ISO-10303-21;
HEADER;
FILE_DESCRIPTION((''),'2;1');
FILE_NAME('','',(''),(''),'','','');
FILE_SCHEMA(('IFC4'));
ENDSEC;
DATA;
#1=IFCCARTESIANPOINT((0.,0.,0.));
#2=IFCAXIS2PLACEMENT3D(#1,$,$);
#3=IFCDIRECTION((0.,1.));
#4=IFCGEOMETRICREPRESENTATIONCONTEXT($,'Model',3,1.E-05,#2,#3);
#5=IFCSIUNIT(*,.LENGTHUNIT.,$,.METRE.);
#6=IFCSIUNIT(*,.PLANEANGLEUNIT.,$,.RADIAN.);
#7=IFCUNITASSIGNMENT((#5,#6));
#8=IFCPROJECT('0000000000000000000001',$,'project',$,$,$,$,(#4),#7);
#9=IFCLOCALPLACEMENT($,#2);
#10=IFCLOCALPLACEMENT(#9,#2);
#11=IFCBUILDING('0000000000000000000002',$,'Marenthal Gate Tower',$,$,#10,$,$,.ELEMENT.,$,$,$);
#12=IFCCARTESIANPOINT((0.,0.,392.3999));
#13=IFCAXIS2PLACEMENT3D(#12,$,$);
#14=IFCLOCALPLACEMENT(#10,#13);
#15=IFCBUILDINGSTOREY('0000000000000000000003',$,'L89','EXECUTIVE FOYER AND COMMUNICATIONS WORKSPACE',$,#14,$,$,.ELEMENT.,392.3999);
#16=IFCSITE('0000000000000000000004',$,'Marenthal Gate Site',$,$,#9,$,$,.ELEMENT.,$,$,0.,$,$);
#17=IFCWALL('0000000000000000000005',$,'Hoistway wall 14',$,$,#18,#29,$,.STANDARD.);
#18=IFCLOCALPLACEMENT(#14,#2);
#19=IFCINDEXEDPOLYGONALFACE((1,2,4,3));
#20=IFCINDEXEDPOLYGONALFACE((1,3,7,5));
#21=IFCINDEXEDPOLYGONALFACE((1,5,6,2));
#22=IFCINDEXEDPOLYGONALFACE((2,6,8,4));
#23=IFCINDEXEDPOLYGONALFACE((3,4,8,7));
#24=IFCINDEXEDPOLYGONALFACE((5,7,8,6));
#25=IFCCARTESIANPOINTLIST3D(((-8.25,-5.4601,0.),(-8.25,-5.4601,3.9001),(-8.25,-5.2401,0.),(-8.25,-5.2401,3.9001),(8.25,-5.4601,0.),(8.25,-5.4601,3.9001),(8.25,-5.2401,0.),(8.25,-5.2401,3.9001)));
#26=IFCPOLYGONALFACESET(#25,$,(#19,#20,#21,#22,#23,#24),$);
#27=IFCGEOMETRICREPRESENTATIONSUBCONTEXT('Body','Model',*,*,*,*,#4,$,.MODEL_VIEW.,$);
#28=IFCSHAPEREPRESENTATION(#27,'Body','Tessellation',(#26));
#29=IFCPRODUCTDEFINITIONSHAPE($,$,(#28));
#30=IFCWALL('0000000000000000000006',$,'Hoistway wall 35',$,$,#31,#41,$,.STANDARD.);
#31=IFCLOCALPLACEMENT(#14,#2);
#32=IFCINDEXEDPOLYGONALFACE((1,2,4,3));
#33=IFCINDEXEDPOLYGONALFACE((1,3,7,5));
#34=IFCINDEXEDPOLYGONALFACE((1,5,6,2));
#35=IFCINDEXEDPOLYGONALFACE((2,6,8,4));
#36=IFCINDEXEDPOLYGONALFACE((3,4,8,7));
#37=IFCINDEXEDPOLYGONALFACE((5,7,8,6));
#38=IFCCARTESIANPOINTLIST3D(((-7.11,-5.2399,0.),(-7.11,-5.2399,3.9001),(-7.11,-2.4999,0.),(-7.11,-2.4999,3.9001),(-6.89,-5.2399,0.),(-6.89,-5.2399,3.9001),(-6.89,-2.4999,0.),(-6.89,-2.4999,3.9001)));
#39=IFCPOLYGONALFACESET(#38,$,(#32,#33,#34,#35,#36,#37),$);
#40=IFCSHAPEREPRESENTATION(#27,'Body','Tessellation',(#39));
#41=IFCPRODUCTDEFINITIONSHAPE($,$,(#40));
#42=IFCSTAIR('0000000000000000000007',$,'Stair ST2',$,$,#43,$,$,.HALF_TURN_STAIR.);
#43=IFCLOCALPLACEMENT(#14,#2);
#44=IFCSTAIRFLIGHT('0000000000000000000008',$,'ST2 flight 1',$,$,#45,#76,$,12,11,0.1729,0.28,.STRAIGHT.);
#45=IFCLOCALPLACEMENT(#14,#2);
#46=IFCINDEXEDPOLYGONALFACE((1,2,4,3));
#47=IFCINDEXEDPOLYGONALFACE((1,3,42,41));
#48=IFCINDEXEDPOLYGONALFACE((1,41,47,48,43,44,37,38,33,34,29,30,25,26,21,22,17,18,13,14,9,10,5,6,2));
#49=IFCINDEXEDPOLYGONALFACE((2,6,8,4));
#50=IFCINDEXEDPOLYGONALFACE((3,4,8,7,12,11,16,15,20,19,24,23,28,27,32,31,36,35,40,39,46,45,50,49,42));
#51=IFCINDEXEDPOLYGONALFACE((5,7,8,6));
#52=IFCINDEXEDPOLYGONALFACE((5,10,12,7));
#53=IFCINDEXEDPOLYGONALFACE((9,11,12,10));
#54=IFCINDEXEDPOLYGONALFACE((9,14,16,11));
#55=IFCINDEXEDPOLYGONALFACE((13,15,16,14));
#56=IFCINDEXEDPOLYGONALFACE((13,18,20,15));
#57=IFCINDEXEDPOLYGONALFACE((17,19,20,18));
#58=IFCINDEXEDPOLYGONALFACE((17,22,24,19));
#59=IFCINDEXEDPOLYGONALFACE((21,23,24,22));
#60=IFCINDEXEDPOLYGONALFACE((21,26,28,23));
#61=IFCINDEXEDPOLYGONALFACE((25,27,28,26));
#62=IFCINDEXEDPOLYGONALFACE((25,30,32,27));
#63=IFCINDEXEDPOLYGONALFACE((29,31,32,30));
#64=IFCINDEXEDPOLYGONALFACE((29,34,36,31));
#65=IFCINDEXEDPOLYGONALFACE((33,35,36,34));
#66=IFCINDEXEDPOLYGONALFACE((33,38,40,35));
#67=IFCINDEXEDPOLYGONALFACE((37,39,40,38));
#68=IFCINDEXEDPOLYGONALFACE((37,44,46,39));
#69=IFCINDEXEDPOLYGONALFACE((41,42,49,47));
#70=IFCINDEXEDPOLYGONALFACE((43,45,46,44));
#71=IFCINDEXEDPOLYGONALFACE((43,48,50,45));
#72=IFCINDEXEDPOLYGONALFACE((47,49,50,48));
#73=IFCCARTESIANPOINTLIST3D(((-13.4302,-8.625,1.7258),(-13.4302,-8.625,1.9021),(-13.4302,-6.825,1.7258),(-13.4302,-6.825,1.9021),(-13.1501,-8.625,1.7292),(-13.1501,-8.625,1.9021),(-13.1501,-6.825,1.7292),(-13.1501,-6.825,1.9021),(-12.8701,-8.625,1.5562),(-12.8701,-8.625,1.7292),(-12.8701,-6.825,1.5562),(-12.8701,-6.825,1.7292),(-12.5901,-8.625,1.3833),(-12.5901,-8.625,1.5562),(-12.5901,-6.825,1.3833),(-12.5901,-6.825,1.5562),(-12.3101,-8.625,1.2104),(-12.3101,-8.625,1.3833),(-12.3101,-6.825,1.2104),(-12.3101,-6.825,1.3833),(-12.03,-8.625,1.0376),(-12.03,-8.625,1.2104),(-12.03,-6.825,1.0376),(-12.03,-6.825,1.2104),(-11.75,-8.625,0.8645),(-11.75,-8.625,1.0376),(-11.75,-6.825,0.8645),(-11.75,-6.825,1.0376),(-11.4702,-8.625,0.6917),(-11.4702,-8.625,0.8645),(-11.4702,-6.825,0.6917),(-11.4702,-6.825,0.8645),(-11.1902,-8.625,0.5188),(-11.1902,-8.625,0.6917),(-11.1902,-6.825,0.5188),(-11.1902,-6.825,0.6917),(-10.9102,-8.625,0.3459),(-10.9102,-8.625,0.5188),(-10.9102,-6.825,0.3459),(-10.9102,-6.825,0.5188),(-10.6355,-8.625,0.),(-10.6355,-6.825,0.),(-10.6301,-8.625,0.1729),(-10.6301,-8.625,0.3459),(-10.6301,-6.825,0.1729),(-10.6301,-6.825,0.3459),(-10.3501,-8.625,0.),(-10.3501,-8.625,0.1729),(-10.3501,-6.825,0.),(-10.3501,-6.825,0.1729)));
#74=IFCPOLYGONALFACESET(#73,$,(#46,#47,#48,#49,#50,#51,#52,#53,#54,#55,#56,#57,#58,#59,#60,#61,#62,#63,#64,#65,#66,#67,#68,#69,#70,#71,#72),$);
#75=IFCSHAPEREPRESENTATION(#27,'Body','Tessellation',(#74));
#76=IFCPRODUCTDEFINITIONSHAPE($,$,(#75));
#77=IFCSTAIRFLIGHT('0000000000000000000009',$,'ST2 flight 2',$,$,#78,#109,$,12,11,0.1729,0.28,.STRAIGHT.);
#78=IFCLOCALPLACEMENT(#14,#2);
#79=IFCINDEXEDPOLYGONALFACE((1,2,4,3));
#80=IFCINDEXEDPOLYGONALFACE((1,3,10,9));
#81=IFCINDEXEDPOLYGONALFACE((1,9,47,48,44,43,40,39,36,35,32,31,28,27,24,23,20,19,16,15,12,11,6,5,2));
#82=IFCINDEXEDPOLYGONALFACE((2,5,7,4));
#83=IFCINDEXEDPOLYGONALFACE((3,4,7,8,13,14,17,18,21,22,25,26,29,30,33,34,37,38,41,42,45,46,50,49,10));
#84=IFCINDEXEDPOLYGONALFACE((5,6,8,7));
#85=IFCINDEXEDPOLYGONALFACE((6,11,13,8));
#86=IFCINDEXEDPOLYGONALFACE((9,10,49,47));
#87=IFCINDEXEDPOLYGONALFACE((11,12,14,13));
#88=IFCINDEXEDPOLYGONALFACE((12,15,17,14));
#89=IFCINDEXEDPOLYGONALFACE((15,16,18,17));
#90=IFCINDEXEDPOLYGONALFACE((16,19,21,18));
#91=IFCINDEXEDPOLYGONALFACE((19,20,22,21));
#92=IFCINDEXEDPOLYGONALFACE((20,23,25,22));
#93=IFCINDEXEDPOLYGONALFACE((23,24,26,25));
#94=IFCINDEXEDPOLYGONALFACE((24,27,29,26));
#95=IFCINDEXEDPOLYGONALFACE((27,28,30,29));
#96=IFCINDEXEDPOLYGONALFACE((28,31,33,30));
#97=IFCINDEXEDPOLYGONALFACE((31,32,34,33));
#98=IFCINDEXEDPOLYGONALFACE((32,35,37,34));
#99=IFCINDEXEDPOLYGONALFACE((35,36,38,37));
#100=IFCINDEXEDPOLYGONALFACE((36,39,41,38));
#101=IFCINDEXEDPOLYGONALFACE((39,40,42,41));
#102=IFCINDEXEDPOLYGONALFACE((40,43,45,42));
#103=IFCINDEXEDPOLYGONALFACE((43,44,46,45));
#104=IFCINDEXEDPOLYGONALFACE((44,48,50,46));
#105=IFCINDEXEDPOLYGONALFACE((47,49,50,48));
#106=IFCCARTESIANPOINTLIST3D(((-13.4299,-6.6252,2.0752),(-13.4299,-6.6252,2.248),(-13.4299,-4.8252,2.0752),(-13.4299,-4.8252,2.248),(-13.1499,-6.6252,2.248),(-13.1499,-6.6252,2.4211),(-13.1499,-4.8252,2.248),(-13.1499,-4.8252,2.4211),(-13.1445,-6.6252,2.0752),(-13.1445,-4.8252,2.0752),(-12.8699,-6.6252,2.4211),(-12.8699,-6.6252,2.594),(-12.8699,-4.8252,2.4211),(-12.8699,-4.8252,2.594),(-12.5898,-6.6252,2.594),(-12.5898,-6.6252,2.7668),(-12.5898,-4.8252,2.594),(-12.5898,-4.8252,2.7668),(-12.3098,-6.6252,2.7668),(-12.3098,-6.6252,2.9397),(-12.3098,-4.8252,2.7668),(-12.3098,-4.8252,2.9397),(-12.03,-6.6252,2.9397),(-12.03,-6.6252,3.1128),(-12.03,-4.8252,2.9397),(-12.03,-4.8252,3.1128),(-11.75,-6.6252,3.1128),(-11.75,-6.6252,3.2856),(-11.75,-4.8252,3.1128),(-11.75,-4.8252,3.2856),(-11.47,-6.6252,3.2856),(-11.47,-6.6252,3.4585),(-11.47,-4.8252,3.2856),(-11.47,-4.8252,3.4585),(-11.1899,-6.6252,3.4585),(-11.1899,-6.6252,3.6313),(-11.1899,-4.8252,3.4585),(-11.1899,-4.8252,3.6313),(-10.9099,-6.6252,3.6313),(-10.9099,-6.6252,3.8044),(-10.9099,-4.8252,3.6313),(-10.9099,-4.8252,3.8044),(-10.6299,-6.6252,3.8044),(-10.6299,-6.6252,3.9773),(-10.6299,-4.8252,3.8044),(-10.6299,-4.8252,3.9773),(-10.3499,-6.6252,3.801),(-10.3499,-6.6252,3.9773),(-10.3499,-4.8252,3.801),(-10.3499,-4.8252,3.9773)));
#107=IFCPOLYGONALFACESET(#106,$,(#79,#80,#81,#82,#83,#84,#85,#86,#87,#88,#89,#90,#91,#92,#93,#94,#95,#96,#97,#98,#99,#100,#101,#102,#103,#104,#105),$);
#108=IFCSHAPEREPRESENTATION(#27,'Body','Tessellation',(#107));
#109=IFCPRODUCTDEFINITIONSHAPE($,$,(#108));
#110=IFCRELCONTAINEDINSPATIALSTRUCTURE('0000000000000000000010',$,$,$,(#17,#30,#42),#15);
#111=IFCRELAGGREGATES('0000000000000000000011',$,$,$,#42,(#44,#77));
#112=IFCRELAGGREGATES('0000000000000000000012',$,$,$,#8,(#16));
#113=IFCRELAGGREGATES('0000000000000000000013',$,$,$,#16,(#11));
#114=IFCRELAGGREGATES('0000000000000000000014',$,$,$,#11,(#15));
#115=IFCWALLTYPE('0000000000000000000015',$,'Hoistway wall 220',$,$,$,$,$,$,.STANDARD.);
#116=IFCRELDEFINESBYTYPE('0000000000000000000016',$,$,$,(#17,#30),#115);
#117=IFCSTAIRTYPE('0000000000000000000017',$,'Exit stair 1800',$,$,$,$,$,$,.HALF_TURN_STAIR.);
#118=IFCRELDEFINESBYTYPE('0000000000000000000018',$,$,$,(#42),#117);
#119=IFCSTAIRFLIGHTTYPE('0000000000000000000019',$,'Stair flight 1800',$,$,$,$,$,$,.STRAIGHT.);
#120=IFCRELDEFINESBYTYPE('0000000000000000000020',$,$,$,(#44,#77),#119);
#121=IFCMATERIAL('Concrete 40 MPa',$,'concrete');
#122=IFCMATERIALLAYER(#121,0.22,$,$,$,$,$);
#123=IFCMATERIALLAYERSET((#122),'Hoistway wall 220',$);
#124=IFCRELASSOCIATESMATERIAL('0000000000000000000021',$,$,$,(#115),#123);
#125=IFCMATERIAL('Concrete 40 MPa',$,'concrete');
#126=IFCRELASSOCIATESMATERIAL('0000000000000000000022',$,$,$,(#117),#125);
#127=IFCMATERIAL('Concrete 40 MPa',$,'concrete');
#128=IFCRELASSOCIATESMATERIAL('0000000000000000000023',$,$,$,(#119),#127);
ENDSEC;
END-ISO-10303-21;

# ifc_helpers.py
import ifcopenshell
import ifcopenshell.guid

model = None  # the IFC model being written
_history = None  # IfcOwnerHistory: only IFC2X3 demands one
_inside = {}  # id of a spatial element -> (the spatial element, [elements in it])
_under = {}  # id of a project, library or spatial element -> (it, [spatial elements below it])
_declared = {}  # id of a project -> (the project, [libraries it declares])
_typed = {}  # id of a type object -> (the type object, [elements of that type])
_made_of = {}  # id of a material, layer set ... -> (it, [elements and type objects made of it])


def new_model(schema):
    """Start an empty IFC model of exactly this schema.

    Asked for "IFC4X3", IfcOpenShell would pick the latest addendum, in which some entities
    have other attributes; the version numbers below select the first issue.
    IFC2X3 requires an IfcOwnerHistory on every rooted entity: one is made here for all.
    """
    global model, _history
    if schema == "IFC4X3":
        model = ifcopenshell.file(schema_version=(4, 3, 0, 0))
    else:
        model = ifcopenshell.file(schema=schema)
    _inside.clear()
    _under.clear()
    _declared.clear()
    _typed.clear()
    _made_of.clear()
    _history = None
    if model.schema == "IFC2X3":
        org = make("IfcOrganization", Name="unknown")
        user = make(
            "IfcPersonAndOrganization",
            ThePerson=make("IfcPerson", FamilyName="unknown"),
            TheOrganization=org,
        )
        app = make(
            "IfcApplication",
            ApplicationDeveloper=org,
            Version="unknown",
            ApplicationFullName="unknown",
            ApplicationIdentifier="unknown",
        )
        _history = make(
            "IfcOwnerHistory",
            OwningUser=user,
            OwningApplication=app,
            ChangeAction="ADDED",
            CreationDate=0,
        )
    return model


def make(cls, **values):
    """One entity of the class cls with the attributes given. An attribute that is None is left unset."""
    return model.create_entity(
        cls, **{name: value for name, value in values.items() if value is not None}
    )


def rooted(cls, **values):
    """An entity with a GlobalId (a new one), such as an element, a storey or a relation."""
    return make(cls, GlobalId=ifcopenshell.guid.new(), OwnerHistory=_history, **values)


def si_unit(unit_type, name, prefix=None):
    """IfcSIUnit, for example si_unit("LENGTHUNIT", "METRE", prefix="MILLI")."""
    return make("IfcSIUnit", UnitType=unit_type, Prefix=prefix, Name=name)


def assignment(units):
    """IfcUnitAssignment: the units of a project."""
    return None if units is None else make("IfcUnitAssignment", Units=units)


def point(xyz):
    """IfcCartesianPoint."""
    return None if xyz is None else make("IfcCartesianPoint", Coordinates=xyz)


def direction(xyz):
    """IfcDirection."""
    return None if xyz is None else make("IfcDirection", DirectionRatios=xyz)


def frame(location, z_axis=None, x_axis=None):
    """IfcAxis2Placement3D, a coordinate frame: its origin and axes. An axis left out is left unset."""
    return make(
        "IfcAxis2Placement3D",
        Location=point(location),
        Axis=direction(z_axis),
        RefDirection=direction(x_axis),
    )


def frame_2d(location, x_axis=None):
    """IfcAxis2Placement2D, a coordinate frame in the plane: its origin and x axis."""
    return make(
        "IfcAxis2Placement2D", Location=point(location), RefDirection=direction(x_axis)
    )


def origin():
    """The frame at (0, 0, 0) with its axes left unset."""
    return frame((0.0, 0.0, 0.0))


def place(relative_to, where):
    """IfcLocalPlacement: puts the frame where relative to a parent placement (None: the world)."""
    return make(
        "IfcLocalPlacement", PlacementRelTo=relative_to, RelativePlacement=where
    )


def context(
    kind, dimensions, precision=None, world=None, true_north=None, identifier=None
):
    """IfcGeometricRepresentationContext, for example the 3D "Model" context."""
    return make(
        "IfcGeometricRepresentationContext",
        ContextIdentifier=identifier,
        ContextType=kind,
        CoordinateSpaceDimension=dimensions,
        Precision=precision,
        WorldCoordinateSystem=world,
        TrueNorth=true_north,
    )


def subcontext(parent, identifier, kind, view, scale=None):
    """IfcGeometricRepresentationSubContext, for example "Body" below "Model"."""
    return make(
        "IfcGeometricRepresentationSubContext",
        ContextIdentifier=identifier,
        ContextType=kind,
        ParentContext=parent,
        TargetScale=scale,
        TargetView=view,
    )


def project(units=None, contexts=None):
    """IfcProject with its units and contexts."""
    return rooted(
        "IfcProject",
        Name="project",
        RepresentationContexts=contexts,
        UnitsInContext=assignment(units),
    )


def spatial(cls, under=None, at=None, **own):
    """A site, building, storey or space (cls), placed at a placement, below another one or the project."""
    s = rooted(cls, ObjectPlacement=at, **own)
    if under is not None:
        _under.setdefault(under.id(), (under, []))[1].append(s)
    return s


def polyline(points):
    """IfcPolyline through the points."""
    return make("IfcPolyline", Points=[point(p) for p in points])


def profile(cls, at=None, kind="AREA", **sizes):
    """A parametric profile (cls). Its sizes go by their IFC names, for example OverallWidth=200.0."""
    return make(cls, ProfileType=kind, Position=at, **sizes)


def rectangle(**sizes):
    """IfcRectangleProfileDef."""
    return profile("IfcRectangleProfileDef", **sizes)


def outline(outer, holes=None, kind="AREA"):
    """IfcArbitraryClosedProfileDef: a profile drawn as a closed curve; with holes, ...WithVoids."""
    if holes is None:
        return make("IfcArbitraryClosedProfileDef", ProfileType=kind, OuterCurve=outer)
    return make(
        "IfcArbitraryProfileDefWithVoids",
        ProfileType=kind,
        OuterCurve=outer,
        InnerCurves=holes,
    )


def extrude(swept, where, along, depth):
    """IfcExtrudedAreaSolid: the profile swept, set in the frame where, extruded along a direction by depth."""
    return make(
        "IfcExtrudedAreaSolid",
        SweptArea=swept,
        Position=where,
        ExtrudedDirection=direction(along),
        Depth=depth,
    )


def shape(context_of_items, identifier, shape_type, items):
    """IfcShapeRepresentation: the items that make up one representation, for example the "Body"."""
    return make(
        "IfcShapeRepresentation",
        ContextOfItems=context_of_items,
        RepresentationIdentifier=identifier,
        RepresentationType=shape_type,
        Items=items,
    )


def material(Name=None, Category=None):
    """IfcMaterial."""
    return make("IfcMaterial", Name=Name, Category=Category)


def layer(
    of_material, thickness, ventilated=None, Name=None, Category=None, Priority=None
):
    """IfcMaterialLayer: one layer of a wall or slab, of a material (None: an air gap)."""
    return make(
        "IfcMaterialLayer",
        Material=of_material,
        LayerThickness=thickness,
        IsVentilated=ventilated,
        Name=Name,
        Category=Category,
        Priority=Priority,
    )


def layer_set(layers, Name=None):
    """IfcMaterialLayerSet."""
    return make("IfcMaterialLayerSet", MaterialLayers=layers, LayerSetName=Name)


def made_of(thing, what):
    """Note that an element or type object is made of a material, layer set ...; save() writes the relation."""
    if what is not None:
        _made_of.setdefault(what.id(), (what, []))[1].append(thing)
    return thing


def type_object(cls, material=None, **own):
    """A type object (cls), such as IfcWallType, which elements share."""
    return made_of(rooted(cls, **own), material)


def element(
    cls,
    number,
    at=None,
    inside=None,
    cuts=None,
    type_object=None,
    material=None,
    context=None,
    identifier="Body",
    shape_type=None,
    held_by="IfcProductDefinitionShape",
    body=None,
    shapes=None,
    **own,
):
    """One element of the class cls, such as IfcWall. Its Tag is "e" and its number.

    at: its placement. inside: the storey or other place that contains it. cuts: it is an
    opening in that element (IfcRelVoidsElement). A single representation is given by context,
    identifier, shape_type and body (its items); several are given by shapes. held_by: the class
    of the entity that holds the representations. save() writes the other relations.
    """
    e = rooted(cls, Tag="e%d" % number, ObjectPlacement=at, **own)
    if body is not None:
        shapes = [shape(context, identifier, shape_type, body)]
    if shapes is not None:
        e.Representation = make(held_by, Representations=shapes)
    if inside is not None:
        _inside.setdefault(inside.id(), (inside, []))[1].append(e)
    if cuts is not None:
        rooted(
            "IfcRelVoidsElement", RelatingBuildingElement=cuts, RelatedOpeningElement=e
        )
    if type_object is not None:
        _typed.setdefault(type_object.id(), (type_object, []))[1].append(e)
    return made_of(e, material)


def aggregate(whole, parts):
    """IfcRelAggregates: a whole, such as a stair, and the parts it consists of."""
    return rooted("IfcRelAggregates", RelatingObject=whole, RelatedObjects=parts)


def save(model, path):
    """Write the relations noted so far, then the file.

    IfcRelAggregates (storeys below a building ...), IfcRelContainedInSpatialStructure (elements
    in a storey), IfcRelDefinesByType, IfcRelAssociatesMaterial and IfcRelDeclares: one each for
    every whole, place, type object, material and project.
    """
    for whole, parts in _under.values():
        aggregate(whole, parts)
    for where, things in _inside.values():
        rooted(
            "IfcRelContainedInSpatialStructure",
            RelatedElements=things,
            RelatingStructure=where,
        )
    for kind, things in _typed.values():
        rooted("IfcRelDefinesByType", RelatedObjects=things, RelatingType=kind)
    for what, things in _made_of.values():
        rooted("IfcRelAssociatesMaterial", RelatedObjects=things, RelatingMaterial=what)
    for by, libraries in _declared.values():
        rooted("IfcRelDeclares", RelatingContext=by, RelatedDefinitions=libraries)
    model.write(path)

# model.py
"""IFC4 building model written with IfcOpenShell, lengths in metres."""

from ifc_helpers import new_model, si_unit, direction, frame, frame_2d, origin, place, context, subcontext, project, spatial, polyline, rectangle, outline, extrude, material, layer, layer_set, type_object, element, aggregate, save


model = new_model("IFC4")

# Units and contexts
model_context = context("Model", 3, precision=1e-05, world=origin(), true_north=direction((0.0, 1.0)))
body_context = subcontext(model_context, "Body", "Model", "MODEL_VIEW")
ifc_project = project(units=[si_unit("LENGTHUNIT", "METRE"), si_unit("PLANEANGLEUNIT", "RADIAN")], contexts=[model_context])

# Site, building, storey
site_placement = place(None, origin())
site = spatial("IfcSite", under=ifc_project, at=site_placement, Name="Marenthal Gate Site", CompositionType="ELEMENT", RefElevation=0.0)
building_placement = place(site_placement, origin())
building = spatial("IfcBuilding", under=site, at=building_placement, Name="Marenthal Gate Tower", CompositionType="ELEMENT")
storey_placement = place(building_placement, frame((0.0, 0.0, 392.3999)))
storey = spatial("IfcBuildingStorey", under=building, at=storey_placement, Name="L89", Description="EXECUTIVE FOYER AND COMMUNICATIONS WORKSPACE", CompositionType="ELEMENT", Elevation=392.3999)

# Shared definitions
ifc_material_1 = material(Name="Concrete 40 MPa", Category="concrete")
ifc_layer_1 = layer(ifc_material_1, 0.22)
ifc_layer_set_1 = layer_set([ifc_layer_1], Name="Hoistway wall 220")
wall_type_1 = type_object("IfcWallType", Name="Hoistway wall 220", PredefinedType="STANDARD", material=ifc_layer_set_1)

# Walls
wall_1_placement = place(storey_placement, frame((-8.25, -5.3501, 0.0), z_axis=(0.0, 0.0, 1.0), x_axis=(1.0, 0.0, 0.0)))
element("IfcWall", 1, at=wall_1_placement, inside=storey, type_object=wall_type_1, Name="Hoistway wall 14", PredefinedType="STANDARD", context=body_context, shape_type="SweptSolid", body=[
    extrude(rectangle(XDim=16.5, YDim=0.22, at=frame_2d((8.25, 0.0))), origin(), (0.0, 0.0, 1.0), 3.9001),
])
wall_2_placement = place(storey_placement, frame((-7.0, -5.24, 0.0), z_axis=(0.0, 0.0, 1.0), x_axis=(0.0, 1.0, 0.0)))
element("IfcWall", 2, at=wall_2_placement, inside=storey, type_object=wall_type_1, Name="Hoistway wall 35", PredefinedType="STANDARD", context=body_context, shape_type="SweptSolid", body=[
    extrude(rectangle(XDim=2.74, YDim=0.22, at=frame_2d((1.3701, 0.0))), origin(), (0.0, 0.0, 1.0), 3.9001),
])

# Stair, stair flights
ifc_material_2 = material(Name="Concrete 40 MPa", Category="concrete")
stair_type = type_object("IfcStairType", Name="Exit stair 1800", PredefinedType="HALF_TURN_STAIR", material=ifc_material_2)
stair_placement = place(storey_placement, origin())
stair = element("IfcStair", 3, at=stair_placement, inside=storey, type_object=stair_type, Name="Stair ST2", PredefinedType="HALF_TURN_STAIR")
ifc_material_3 = material(Name="Concrete 40 MPa", Category="concrete")
stair_flight_type = type_object("IfcStairFlightType", Name="Stair flight 1800", PredefinedType="STRAIGHT", material=ifc_material_3)
stair_flight_1_placement = place(storey_placement, frame((-10.3501, -7.7251, 0.0), z_axis=(0.0, 0.0, 1.0), x_axis=(-1.0, 0.0, 0.0)))
stair_flight_1 = element("IfcStairFlight", 4, at=stair_flight_1_placement, type_object=stair_flight_type, Name="ST2 flight 1", NumberOfRisers=12, NumberOfTreads=11, PredefinedType="STRAIGHT", RiserHeight=0.1729, TreadLength=0.28, context=body_context, shape_type="SweptSolid", body=[
    extrude(outline(polyline([(0.0, 0.0), (0.0, 0.1729), (0.28, 0.1729), (0.28, 0.3459), (0.5601, 0.3459), (0.5601, 0.5188), (0.8401, 0.5188), (0.8401, 0.6917), (1.1201, 0.6917), (1.1201, 0.8645), (1.3999, 0.8645), (1.3999, 1.0376), (1.6799, 1.0376), (1.6799, 1.2104), (1.96, 1.2104), (1.96, 1.3833), (2.24, 1.3833), (2.24, 1.5562), (2.52, 1.5562), (2.52, 1.7292), (2.8, 1.7292), (2.8, 1.9021), (3.0801, 1.9021), (3.0801, 2.075), (3.0801, 1.7258), (0.2854, 0.0), (0.0, 0.0)])), frame((0.0, 0.8999, 0.0), z_axis=(0.0, -1.0, 0.0), x_axis=(1.0, 0.0, 0.0)), (0.0, 0.0, 1.0), 1.8),
])
stair_flight_2_placement = place(storey_placement, frame((-13.4299, -5.7251, 2.0752), z_axis=(0.0, 0.0, 1.0), x_axis=(1.0, 0.0, 0.0)))
stair_flight_2 = element("IfcStairFlight", 5, at=stair_flight_2_placement, type_object=stair_flight_type, Name="ST2 flight 2", NumberOfRisers=12, NumberOfTreads=11, PredefinedType="STRAIGHT", RiserHeight=0.1729, TreadLength=0.28, context=body_context, shape_type="SweptSolid", body=[
    extrude(outline(polyline([(0.0, 0.0), (0.0, 0.1729), (0.28, 0.1729), (0.28, 0.3459), (0.5601, 0.3459), (0.5601, 0.5188), (0.8401, 0.5188), (0.8401, 0.6917), (1.1201, 0.6917), (1.1201, 0.8645), (1.3999, 0.8645), (1.3999, 1.0376), (1.6799, 1.0376), (1.6799, 1.2104), (1.96, 1.2104), (1.96, 1.3833), (2.24, 1.3833), (2.24, 1.5562), (2.52, 1.5562), (2.52, 1.7292), (2.8, 1.7292), (2.8, 1.9021), (3.0801, 1.9021), (3.0801, 2.075), (3.0801, 1.7258), (0.2854, 0.0), (0.0, 0.0)])), frame((0.0, 0.8999, 0.0), z_axis=(0.0, -1.0, 0.0), x_axis=(1.0, 0.0, 0.0)), (0.0, 0.0, 1.0), 1.8),
])
aggregate(stair, [stair_flight_1, stair_flight_2])

save(model, "model.ifc")
